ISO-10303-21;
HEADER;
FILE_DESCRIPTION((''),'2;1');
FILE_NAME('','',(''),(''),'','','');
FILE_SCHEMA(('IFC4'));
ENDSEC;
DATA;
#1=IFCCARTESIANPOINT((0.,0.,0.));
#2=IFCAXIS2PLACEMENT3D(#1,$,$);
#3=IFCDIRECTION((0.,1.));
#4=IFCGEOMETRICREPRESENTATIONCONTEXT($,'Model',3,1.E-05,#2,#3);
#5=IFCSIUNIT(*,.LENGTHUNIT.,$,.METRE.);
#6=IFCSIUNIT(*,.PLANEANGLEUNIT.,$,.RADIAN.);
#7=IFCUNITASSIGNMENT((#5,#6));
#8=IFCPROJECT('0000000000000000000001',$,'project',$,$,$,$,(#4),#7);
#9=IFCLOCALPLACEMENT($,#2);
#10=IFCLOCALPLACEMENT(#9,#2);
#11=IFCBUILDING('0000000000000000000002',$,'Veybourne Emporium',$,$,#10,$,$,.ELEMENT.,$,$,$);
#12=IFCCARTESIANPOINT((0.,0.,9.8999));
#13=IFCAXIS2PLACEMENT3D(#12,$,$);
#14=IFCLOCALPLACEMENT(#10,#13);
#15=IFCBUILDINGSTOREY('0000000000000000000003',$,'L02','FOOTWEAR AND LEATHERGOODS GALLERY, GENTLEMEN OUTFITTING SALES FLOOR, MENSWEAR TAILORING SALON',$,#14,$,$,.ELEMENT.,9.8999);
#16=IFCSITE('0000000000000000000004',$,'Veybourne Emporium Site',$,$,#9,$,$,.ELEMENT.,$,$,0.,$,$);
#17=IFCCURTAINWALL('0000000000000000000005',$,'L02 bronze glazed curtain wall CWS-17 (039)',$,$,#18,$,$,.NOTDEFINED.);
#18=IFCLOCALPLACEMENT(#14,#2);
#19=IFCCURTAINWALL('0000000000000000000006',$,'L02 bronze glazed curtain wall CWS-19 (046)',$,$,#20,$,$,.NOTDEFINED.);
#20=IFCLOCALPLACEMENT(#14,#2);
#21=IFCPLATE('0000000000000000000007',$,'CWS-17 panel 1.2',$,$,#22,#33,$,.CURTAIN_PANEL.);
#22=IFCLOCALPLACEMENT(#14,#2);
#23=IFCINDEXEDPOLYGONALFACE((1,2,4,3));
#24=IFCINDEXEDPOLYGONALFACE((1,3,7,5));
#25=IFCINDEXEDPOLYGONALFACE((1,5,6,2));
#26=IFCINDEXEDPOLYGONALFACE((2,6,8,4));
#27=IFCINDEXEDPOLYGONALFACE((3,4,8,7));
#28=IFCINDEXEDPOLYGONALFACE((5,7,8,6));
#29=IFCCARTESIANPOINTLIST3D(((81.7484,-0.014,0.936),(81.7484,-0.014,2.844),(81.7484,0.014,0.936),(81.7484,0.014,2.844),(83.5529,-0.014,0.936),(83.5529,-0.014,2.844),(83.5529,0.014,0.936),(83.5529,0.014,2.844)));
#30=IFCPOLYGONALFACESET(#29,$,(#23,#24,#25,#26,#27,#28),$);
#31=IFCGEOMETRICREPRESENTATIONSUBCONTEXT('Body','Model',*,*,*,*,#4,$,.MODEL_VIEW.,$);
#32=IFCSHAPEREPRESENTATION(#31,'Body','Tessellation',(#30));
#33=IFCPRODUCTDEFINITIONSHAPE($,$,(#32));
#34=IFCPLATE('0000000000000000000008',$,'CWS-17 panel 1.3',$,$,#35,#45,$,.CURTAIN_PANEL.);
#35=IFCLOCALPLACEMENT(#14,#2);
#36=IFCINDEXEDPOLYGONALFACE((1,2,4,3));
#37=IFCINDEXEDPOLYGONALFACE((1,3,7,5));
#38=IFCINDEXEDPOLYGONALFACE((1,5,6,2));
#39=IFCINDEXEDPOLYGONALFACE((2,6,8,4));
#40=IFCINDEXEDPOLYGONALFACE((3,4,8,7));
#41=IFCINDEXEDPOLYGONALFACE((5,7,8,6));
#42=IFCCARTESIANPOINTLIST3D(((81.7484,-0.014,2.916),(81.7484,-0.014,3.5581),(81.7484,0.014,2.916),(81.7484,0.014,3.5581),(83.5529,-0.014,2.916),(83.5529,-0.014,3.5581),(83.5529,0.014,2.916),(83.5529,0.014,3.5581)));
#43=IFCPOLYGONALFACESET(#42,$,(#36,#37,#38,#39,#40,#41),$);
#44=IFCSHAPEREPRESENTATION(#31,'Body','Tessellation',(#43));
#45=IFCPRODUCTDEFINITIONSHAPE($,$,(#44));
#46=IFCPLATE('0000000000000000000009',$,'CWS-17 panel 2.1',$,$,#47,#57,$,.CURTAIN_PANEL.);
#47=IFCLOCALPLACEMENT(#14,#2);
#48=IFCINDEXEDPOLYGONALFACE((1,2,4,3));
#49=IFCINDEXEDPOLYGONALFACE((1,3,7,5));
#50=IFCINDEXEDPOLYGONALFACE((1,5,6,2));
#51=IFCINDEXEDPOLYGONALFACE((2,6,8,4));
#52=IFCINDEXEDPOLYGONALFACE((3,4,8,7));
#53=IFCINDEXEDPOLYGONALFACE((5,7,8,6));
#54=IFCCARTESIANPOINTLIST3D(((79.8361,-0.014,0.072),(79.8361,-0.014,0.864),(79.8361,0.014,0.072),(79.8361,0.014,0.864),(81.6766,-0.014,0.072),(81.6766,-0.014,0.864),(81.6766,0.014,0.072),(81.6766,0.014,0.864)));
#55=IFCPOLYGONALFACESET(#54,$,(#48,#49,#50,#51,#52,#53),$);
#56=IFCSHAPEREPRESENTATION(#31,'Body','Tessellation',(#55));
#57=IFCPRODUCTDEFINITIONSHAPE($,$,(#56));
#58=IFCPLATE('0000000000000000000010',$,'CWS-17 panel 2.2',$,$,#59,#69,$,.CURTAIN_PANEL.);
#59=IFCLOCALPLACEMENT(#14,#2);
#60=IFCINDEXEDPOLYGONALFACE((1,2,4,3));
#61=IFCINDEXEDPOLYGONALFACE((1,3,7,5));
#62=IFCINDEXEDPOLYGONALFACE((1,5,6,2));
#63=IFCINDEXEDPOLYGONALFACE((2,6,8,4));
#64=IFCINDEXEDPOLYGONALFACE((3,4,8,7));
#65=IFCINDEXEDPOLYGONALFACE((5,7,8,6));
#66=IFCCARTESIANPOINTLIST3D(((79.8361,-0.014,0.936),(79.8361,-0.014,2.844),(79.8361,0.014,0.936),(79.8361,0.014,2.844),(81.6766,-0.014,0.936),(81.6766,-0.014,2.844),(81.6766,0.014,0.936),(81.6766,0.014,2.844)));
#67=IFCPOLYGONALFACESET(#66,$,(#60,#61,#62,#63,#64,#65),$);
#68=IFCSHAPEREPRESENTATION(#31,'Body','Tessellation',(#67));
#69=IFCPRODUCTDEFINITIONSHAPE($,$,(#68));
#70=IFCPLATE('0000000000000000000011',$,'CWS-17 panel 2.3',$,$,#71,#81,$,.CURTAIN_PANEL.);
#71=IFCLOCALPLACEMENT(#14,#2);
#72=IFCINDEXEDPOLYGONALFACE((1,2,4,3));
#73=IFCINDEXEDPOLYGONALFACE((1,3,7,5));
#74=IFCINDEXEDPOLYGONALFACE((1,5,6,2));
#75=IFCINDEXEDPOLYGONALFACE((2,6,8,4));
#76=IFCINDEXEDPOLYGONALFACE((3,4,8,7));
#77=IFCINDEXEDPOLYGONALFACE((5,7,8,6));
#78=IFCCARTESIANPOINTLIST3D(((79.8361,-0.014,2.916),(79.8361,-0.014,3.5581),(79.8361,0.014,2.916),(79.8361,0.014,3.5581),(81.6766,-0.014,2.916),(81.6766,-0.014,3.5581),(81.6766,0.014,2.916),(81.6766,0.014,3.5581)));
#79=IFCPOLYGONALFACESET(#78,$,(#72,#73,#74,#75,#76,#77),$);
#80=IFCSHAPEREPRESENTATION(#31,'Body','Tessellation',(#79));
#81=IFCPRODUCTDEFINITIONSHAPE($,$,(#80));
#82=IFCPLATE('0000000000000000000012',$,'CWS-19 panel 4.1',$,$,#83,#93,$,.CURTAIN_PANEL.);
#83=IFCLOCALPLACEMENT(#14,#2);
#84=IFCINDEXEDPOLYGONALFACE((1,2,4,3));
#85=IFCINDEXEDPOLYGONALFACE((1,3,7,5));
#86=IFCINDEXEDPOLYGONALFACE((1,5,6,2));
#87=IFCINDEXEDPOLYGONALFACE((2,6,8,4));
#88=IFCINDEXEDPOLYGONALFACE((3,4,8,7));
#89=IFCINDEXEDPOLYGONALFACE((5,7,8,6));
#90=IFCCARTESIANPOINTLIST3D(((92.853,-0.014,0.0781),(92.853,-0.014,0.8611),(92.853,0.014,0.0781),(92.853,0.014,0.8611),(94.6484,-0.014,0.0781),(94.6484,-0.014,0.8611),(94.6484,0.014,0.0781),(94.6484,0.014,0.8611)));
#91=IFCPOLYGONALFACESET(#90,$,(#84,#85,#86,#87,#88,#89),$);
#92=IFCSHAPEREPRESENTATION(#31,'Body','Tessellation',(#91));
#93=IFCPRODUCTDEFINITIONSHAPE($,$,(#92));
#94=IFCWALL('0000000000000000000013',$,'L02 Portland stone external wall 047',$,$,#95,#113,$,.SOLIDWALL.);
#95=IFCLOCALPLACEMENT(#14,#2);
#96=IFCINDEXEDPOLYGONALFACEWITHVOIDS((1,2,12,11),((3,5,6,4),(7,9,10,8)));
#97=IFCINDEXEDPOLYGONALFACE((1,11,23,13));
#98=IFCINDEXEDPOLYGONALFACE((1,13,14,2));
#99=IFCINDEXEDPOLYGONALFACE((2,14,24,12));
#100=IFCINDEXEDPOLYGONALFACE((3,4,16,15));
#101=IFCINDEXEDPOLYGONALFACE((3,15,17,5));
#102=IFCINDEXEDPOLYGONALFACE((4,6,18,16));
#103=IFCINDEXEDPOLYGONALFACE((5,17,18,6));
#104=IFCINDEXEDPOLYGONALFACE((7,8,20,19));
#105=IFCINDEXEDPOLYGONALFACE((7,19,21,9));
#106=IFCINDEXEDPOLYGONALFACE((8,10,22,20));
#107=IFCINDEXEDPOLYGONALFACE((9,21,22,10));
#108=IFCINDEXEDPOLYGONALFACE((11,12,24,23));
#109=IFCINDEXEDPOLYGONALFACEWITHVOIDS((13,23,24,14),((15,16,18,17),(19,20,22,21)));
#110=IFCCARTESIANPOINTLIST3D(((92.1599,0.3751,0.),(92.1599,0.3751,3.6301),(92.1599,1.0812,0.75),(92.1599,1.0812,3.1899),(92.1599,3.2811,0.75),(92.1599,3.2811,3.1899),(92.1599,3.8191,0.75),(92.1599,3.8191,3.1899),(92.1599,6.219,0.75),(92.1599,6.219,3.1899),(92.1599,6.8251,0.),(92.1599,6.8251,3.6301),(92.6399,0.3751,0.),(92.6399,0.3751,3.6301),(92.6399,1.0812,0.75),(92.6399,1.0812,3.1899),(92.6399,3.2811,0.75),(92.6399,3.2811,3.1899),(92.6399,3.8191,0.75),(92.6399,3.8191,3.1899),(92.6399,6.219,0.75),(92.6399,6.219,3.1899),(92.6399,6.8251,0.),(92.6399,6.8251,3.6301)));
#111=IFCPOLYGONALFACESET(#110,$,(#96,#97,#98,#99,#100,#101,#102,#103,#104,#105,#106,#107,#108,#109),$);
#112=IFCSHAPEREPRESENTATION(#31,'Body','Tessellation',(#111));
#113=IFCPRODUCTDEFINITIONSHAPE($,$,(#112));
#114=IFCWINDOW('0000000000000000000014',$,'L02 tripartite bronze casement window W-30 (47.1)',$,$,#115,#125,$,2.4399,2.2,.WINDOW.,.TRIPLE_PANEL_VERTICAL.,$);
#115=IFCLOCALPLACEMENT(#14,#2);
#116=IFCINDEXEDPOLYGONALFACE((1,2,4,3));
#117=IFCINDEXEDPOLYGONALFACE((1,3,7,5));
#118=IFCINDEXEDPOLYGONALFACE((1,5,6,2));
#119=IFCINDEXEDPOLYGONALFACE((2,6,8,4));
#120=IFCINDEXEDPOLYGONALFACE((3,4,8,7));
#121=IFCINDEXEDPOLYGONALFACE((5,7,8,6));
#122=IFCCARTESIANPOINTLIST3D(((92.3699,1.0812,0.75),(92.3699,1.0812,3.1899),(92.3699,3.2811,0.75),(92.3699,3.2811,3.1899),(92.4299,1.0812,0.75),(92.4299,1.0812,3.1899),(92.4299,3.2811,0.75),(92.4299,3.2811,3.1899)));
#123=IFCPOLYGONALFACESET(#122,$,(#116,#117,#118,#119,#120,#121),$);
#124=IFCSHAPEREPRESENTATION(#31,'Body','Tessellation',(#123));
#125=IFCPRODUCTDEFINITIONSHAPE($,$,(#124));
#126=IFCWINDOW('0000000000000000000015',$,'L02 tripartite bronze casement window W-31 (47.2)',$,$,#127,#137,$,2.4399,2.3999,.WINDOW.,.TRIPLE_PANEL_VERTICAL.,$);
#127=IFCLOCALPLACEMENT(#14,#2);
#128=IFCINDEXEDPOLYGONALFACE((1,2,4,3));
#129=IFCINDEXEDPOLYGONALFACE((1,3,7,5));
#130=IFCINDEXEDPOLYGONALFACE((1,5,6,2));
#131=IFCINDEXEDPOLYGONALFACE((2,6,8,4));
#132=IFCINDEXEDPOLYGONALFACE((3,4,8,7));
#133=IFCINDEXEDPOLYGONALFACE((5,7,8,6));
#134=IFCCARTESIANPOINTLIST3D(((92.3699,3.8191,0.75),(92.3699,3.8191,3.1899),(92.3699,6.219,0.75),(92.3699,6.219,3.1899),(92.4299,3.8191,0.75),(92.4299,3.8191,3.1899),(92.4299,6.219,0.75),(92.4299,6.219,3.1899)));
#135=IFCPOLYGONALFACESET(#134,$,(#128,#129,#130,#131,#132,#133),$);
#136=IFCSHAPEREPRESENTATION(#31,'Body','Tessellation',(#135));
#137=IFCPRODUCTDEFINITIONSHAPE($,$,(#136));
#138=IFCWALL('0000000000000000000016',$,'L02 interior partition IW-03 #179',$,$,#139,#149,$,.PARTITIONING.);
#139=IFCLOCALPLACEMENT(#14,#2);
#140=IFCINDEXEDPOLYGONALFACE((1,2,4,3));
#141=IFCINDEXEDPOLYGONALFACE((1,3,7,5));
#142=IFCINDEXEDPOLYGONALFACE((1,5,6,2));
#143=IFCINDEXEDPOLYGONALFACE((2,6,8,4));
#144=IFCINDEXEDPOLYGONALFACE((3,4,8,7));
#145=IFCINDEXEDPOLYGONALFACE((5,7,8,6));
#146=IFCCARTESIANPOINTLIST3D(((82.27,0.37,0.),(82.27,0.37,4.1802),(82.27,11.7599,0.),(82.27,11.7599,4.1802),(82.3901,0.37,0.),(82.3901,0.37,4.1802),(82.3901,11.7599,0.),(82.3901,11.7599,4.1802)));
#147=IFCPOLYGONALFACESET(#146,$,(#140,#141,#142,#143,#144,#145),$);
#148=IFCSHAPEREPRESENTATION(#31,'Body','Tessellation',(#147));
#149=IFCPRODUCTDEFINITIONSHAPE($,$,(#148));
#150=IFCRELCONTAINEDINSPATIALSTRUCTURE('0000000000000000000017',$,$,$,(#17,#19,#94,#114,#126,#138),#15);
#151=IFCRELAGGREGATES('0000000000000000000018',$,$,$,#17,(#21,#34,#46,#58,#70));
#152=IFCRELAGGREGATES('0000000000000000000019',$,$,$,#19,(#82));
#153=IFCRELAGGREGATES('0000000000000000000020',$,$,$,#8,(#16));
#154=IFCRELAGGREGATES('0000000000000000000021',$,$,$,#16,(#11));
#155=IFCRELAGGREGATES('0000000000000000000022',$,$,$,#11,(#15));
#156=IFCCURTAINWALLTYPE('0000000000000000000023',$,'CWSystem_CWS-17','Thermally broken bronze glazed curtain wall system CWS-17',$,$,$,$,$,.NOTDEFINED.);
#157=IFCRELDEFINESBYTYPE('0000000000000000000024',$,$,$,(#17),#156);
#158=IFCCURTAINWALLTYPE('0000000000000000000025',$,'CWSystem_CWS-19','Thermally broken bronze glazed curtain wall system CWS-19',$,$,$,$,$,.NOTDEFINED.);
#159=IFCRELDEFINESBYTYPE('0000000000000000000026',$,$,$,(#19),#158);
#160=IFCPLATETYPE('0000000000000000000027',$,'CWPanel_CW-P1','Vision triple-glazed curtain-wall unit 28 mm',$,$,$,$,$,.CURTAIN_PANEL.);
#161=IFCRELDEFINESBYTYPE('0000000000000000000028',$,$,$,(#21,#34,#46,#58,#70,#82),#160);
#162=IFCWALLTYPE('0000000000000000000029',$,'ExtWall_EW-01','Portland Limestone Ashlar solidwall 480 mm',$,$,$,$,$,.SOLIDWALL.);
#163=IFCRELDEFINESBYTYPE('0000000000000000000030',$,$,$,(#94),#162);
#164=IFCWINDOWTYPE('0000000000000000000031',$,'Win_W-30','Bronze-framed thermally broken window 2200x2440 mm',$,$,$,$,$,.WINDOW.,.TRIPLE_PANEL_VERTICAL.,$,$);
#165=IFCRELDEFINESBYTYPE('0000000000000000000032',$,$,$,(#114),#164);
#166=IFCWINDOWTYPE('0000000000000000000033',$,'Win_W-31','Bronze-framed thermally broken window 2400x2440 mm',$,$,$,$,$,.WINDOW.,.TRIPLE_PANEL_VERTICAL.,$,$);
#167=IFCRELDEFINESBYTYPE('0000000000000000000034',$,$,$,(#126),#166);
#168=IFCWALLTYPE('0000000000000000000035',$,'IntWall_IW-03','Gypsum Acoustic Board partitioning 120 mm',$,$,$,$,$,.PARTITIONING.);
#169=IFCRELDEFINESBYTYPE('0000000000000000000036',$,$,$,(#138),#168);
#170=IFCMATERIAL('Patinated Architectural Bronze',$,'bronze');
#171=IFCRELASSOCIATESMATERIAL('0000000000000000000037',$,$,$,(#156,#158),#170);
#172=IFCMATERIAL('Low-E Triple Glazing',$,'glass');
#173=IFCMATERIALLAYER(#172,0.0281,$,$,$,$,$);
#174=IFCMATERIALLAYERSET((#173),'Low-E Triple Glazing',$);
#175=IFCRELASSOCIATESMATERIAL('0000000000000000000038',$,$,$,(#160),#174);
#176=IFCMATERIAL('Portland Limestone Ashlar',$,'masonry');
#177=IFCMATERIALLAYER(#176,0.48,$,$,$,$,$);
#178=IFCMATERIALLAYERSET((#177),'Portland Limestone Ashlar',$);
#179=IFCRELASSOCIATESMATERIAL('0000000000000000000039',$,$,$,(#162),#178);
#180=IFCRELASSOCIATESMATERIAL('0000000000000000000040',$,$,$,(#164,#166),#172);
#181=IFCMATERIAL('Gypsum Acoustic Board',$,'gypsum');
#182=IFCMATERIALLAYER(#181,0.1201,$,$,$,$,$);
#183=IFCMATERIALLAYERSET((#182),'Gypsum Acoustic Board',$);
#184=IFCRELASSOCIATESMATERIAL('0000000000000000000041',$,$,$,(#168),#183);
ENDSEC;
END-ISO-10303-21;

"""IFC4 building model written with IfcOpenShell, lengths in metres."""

from ifc_helpers import new_model, si_unit, direction, frame, frame_2d, origin, origin_2d, place, context, subcontext, project, spatial, rectangle, extrude, material, layer, layer_set, type_object, element, fill, aggregate, save


model = new_model("IFC4")

# Units and contexts
model_context = context("Model", 3, precision=1e-05, world=origin(), true_north=direction((0.0, 1.0)))
body_context = subcontext(model_context, "Body", "Model", "MODEL_VIEW")
ifc_project = project(units=[si_unit("LENGTHUNIT", "METRE"), si_unit("PLANEANGLEUNIT", "RADIAN")], contexts=[model_context])

# Site, building, storey
site_placement = place(None, origin())
site = spatial("IfcSite", under=ifc_project, at=site_placement, Name="Veybourne Emporium Site", CompositionType="ELEMENT", RefElevation=0.0)
building_placement = place(site_placement, origin())
building = spatial("IfcBuilding", under=site, at=building_placement, Name="Veybourne Emporium", CompositionType="ELEMENT")
storey_placement = place(building_placement, frame((0.0, 0.0, 9.8999)))
storey = spatial("IfcBuildingStorey", under=building, at=storey_placement, Name="L02", Description="FOOTWEAR AND LEATHERGOODS GALLERY, GENTLEMEN OUTFITTING SALES FLOOR, MENSWEAR TAILORING SALON", CompositionType="ELEMENT", Elevation=9.8999)

# Curtain wall
ifc_material_1 = material(Name="Patinated Architectural Bronze", Category="bronze")
curtain_wall_type_1 = type_object("IfcCurtainWallType", Name="CWSystem_CWS-17", Description="Thermally broken bronze glazed curtain wall system CWS-17", PredefinedType="NOTDEFINED", material=ifc_material_1)
curtain_wall_1_placement = place(storey_placement, origin())
curtain_wall_1 = element("IfcCurtainWall", 1, at=curtain_wall_1_placement, inside=storey, type_object=curtain_wall_type_1, Name="L02 bronze glazed curtain wall CWS-17 (039)", PredefinedType="NOTDEFINED")

# Curtain wall
curtain_wall_type_2 = type_object("IfcCurtainWallType", Name="CWSystem_CWS-19", Description="Thermally broken bronze glazed curtain wall system CWS-19", PredefinedType="NOTDEFINED", material=ifc_material_1)
curtain_wall_2_placement = place(storey_placement, origin())
curtain_wall_2 = element("IfcCurtainWall", 2, at=curtain_wall_2_placement, inside=storey, type_object=curtain_wall_type_2, Name="L02 bronze glazed curtain wall CWS-19 (046)", PredefinedType="NOTDEFINED")

# Plates
ifc_material_2 = material(Name="Low-E Triple Glazing", Category="glass")
ifc_layer_1 = layer(ifc_material_2, 0.0281)
ifc_layer_set_1 = layer_set([ifc_layer_1], Name="Low-E Triple Glazing")
plate_type = type_object("IfcPlateType", Name="CWPanel_CW-P1", Description="Vision triple-glazed curtain-wall unit 28 mm", PredefinedType="CURTAIN_PANEL", material=ifc_layer_set_1)
plate_1_placement = place(storey_placement, frame((82.6506, 0.0, 0.936), z_axis=(0.0, 0.0, 1.0), x_axis=(-1.0, 0.0, 0.0)))
plate_1 = element("IfcPlate", 3, at=plate_1_placement, type_object=plate_type, Name="CWS-17 panel 1.2", PredefinedType="CURTAIN_PANEL", context=body_context, shape_type="SweptSolid", body=[
    extrude(rectangle(XDim=1.8044, YDim=0.0281, at=origin_2d()), origin(), (0.0, 0.0, 1.0), 1.908),
])
plate_2_placement = place(storey_placement, frame((82.6506, 0.0, 2.916), z_axis=(0.0, 0.0, 1.0), x_axis=(-1.0, 0.0, 0.0)))
plate_2 = element("IfcPlate", 4, at=plate_2_placement, type_object=plate_type, Name="CWS-17 panel 1.3", PredefinedType="CURTAIN_PANEL", context=body_context, shape_type="SweptSolid", body=[
    extrude(rectangle(XDim=1.8044, YDim=0.0281, at=origin_2d()), origin(), (0.0, 0.0, 1.0), 0.6421),
])
plate_3_placement = place(storey_placement, frame((80.7563, 0.0, 0.072), z_axis=(0.0, 0.0, 1.0), x_axis=(-1.0, 0.0, 0.0)))
plate_3 = element("IfcPlate", 5, at=plate_3_placement, type_object=plate_type, Name="CWS-17 panel 2.1", PredefinedType="CURTAIN_PANEL", context=body_context, shape_type="SweptSolid", body=[
    extrude(rectangle(XDim=1.8406, YDim=0.0281, at=origin_2d()), origin(), (0.0, 0.0, 1.0), 0.792),
])
plate_4_placement = place(storey_placement, frame((80.7563, 0.0, 0.936), z_axis=(0.0, 0.0, 1.0), x_axis=(-1.0, 0.0, 0.0)))
plate_4 = element("IfcPlate", 6, at=plate_4_placement, type_object=plate_type, Name="CWS-17 panel 2.2", PredefinedType="CURTAIN_PANEL", context=body_context, shape_type="SweptSolid", body=[
    extrude(rectangle(XDim=1.8406, YDim=0.0281, at=origin_2d()), origin(), (0.0, 0.0, 1.0), 1.908),
])
plate_5_placement = place(storey_placement, frame((80.7563, 0.0, 2.916), z_axis=(0.0, 0.0, 1.0), x_axis=(-1.0, 0.0, 0.0)))
plate_5 = element("IfcPlate", 7, at=plate_5_placement, type_object=plate_type, Name="CWS-17 panel 2.3", PredefinedType="CURTAIN_PANEL", context=body_context, shape_type="SweptSolid", body=[
    extrude(rectangle(XDim=1.8406, YDim=0.0281, at=origin_2d()), origin(), (0.0, 0.0, 1.0), 0.6421),
])
aggregate(curtain_wall_1, [plate_1, plate_2, plate_3, plate_4, plate_5])
plate_6_placement = place(storey_placement, frame((93.7507, 0.0, 0.0781), z_axis=(0.0, 0.0, 1.0), x_axis=(-1.0, 0.0, 0.0)))
plate_6 = element("IfcPlate", 8, at=plate_6_placement, type_object=plate_type, Name="CWS-19 panel 4.1", PredefinedType="CURTAIN_PANEL", context=body_context, shape_type="SweptSolid", body=[
    extrude(rectangle(XDim=1.7954, YDim=0.0281, at=origin_2d()), origin(), (0.0, 0.0, 1.0), 0.783),
])
aggregate(curtain_wall_2, [plate_6])

# Wall, openings, windows
ifc_material_3 = material(Name="Portland Limestone Ashlar", Category="masonry")
ifc_layer_2 = layer(ifc_material_3, 0.48)
ifc_layer_set_2 = layer_set([ifc_layer_2], Name="Portland Limestone Ashlar")
wall_type_1 = type_object("IfcWallType", Name="ExtWall_EW-01", Description="Portland Limestone Ashlar solidwall 480 mm", PredefinedType="SOLIDWALL", material=ifc_layer_set_2)
wall_1_placement = place(storey_placement, frame((92.3999, 0.375, 0.0), z_axis=(0.0, 0.0, 1.0), x_axis=(0.0, 1.0, 0.0)))
wall_1 = element("IfcWall", 9, at=wall_1_placement, inside=storey, type_object=wall_type_1, Name="L02 Portland stone external wall 047", PredefinedType="SOLIDWALL", context=body_context, shape_type="SweptSolid", body=[
    extrude(rectangle(XDim=6.45, YDim=0.48, at=frame_2d((3.2251, 0.0))), origin(), (0.0, 0.0, 1.0), 3.6301),
])
opening_1_placement = place(wall_1_placement, frame((0.7061, 0.0, 0.75)))
opening_1 = element("IfcOpeningElement", 10, at=opening_1_placement, cuts=wall_1, PredefinedType="OPENING", context=body_context, shape_type="SweptSolid", body=[
    extrude(rectangle(XDim=2.2, YDim=2.4399, at=frame_2d((1.1001, 1.22))), frame((0.0, 0.26, 0.0), z_axis=(0.0, -1.0, 0.0), x_axis=(1.0, 0.0, 0.0)), (0.0, 0.0, 1.0), 0.52),
])
opening_2_placement = place(wall_1_placement, frame((3.4441, 0.0, 0.75)))
opening_2 = element("IfcOpeningElement", 11, at=opening_2_placement, cuts=wall_1, PredefinedType="OPENING", context=body_context, shape_type="SweptSolid", body=[
    extrude(rectangle(XDim=2.3999, YDim=2.4399, at=frame_2d((1.2, 1.22))), frame((0.0, 0.26, 0.0), z_axis=(0.0, -1.0, 0.0), x_axis=(1.0, 0.0, 0.0)), (0.0, 0.0, 1.0), 0.52),
])
window_type_1 = type_object("IfcWindowType", Name="Win_W-30", Description="Bronze-framed thermally broken window 2200x2440 mm", PartitioningType="TRIPLE_PANEL_VERTICAL", PredefinedType="WINDOW", material=ifc_material_2)
window_1_placement = place(opening_1_placement, origin())
window_1 = element("IfcWindow", 12, at=window_1_placement, inside=storey, type_object=window_type_1, Name="L02 tripartite bronze casement window W-30 (47.1)", OverallHeight=2.4399, OverallWidth=2.2, PartitioningType="TRIPLE_PANEL_VERTICAL", PredefinedType="WINDOW", context=body_context, shape_type="SweptSolid", body=[
    extrude(rectangle(XDim=2.2, YDim=2.4399, at=frame_2d((1.1001, 1.22))), frame((0.0, 0.03, 0.0), z_axis=(0.0, -1.0, 0.0), x_axis=(1.0, 0.0, 0.0)), (0.0, 0.0, 1.0), 0.0601),
])
fill(opening_1, window_1)
window_type_2 = type_object("IfcWindowType", Name="Win_W-31", Description="Bronze-framed thermally broken window 2400x2440 mm", PartitioningType="TRIPLE_PANEL_VERTICAL", PredefinedType="WINDOW", material=ifc_material_2)
window_2_placement = place(opening_2_placement, origin())
window_2 = element("IfcWindow", 13, at=window_2_placement, inside=storey, type_object=window_type_2, Name="L02 tripartite bronze casement window W-31 (47.2)", OverallHeight=2.4399, OverallWidth=2.3999, PartitioningType="TRIPLE_PANEL_VERTICAL", PredefinedType="WINDOW", context=body_context, shape_type="SweptSolid", body=[
    extrude(rectangle(XDim=2.3999, YDim=2.4399, at=frame_2d((1.2, 1.22))), frame((0.0, 0.03, 0.0), z_axis=(0.0, -1.0, 0.0), x_axis=(1.0, 0.0, 0.0)), (0.0, 0.0, 1.0), 0.0601),
])
fill(opening_2, window_2)

# Wall
ifc_material_4 = material(Name="Gypsum Acoustic Board", Category="gypsum")
ifc_layer_3 = layer(ifc_material_4, 0.1201)
ifc_layer_set_3 = layer_set([ifc_layer_3], Name="Gypsum Acoustic Board")
wall_type_2 = type_object("IfcWallType", Name="IntWall_IW-03", Description="Gypsum Acoustic Board partitioning 120 mm", PredefinedType="PARTITIONING", material=ifc_layer_set_3)
wall_2_placement = place(storey_placement, frame((82.3301, 0.3701, 0.0), z_axis=(0.0, 0.0, 1.0), x_axis=(0.0, 1.0, 0.0)))
element("IfcWall", 14, at=wall_2_placement, inside=storey, type_object=wall_type_2, Name="L02 interior partition IW-03 #179", PredefinedType="PARTITIONING", context=body_context, shape_type="SweptSolid", body=[
    extrude(rectangle(XDim=11.3899, YDim=0.1201, at=frame_2d((5.6948, 0.0))), origin(), (0.0, 0.0, 1.0), 4.1802),
])

save(model, "model.ifc")
